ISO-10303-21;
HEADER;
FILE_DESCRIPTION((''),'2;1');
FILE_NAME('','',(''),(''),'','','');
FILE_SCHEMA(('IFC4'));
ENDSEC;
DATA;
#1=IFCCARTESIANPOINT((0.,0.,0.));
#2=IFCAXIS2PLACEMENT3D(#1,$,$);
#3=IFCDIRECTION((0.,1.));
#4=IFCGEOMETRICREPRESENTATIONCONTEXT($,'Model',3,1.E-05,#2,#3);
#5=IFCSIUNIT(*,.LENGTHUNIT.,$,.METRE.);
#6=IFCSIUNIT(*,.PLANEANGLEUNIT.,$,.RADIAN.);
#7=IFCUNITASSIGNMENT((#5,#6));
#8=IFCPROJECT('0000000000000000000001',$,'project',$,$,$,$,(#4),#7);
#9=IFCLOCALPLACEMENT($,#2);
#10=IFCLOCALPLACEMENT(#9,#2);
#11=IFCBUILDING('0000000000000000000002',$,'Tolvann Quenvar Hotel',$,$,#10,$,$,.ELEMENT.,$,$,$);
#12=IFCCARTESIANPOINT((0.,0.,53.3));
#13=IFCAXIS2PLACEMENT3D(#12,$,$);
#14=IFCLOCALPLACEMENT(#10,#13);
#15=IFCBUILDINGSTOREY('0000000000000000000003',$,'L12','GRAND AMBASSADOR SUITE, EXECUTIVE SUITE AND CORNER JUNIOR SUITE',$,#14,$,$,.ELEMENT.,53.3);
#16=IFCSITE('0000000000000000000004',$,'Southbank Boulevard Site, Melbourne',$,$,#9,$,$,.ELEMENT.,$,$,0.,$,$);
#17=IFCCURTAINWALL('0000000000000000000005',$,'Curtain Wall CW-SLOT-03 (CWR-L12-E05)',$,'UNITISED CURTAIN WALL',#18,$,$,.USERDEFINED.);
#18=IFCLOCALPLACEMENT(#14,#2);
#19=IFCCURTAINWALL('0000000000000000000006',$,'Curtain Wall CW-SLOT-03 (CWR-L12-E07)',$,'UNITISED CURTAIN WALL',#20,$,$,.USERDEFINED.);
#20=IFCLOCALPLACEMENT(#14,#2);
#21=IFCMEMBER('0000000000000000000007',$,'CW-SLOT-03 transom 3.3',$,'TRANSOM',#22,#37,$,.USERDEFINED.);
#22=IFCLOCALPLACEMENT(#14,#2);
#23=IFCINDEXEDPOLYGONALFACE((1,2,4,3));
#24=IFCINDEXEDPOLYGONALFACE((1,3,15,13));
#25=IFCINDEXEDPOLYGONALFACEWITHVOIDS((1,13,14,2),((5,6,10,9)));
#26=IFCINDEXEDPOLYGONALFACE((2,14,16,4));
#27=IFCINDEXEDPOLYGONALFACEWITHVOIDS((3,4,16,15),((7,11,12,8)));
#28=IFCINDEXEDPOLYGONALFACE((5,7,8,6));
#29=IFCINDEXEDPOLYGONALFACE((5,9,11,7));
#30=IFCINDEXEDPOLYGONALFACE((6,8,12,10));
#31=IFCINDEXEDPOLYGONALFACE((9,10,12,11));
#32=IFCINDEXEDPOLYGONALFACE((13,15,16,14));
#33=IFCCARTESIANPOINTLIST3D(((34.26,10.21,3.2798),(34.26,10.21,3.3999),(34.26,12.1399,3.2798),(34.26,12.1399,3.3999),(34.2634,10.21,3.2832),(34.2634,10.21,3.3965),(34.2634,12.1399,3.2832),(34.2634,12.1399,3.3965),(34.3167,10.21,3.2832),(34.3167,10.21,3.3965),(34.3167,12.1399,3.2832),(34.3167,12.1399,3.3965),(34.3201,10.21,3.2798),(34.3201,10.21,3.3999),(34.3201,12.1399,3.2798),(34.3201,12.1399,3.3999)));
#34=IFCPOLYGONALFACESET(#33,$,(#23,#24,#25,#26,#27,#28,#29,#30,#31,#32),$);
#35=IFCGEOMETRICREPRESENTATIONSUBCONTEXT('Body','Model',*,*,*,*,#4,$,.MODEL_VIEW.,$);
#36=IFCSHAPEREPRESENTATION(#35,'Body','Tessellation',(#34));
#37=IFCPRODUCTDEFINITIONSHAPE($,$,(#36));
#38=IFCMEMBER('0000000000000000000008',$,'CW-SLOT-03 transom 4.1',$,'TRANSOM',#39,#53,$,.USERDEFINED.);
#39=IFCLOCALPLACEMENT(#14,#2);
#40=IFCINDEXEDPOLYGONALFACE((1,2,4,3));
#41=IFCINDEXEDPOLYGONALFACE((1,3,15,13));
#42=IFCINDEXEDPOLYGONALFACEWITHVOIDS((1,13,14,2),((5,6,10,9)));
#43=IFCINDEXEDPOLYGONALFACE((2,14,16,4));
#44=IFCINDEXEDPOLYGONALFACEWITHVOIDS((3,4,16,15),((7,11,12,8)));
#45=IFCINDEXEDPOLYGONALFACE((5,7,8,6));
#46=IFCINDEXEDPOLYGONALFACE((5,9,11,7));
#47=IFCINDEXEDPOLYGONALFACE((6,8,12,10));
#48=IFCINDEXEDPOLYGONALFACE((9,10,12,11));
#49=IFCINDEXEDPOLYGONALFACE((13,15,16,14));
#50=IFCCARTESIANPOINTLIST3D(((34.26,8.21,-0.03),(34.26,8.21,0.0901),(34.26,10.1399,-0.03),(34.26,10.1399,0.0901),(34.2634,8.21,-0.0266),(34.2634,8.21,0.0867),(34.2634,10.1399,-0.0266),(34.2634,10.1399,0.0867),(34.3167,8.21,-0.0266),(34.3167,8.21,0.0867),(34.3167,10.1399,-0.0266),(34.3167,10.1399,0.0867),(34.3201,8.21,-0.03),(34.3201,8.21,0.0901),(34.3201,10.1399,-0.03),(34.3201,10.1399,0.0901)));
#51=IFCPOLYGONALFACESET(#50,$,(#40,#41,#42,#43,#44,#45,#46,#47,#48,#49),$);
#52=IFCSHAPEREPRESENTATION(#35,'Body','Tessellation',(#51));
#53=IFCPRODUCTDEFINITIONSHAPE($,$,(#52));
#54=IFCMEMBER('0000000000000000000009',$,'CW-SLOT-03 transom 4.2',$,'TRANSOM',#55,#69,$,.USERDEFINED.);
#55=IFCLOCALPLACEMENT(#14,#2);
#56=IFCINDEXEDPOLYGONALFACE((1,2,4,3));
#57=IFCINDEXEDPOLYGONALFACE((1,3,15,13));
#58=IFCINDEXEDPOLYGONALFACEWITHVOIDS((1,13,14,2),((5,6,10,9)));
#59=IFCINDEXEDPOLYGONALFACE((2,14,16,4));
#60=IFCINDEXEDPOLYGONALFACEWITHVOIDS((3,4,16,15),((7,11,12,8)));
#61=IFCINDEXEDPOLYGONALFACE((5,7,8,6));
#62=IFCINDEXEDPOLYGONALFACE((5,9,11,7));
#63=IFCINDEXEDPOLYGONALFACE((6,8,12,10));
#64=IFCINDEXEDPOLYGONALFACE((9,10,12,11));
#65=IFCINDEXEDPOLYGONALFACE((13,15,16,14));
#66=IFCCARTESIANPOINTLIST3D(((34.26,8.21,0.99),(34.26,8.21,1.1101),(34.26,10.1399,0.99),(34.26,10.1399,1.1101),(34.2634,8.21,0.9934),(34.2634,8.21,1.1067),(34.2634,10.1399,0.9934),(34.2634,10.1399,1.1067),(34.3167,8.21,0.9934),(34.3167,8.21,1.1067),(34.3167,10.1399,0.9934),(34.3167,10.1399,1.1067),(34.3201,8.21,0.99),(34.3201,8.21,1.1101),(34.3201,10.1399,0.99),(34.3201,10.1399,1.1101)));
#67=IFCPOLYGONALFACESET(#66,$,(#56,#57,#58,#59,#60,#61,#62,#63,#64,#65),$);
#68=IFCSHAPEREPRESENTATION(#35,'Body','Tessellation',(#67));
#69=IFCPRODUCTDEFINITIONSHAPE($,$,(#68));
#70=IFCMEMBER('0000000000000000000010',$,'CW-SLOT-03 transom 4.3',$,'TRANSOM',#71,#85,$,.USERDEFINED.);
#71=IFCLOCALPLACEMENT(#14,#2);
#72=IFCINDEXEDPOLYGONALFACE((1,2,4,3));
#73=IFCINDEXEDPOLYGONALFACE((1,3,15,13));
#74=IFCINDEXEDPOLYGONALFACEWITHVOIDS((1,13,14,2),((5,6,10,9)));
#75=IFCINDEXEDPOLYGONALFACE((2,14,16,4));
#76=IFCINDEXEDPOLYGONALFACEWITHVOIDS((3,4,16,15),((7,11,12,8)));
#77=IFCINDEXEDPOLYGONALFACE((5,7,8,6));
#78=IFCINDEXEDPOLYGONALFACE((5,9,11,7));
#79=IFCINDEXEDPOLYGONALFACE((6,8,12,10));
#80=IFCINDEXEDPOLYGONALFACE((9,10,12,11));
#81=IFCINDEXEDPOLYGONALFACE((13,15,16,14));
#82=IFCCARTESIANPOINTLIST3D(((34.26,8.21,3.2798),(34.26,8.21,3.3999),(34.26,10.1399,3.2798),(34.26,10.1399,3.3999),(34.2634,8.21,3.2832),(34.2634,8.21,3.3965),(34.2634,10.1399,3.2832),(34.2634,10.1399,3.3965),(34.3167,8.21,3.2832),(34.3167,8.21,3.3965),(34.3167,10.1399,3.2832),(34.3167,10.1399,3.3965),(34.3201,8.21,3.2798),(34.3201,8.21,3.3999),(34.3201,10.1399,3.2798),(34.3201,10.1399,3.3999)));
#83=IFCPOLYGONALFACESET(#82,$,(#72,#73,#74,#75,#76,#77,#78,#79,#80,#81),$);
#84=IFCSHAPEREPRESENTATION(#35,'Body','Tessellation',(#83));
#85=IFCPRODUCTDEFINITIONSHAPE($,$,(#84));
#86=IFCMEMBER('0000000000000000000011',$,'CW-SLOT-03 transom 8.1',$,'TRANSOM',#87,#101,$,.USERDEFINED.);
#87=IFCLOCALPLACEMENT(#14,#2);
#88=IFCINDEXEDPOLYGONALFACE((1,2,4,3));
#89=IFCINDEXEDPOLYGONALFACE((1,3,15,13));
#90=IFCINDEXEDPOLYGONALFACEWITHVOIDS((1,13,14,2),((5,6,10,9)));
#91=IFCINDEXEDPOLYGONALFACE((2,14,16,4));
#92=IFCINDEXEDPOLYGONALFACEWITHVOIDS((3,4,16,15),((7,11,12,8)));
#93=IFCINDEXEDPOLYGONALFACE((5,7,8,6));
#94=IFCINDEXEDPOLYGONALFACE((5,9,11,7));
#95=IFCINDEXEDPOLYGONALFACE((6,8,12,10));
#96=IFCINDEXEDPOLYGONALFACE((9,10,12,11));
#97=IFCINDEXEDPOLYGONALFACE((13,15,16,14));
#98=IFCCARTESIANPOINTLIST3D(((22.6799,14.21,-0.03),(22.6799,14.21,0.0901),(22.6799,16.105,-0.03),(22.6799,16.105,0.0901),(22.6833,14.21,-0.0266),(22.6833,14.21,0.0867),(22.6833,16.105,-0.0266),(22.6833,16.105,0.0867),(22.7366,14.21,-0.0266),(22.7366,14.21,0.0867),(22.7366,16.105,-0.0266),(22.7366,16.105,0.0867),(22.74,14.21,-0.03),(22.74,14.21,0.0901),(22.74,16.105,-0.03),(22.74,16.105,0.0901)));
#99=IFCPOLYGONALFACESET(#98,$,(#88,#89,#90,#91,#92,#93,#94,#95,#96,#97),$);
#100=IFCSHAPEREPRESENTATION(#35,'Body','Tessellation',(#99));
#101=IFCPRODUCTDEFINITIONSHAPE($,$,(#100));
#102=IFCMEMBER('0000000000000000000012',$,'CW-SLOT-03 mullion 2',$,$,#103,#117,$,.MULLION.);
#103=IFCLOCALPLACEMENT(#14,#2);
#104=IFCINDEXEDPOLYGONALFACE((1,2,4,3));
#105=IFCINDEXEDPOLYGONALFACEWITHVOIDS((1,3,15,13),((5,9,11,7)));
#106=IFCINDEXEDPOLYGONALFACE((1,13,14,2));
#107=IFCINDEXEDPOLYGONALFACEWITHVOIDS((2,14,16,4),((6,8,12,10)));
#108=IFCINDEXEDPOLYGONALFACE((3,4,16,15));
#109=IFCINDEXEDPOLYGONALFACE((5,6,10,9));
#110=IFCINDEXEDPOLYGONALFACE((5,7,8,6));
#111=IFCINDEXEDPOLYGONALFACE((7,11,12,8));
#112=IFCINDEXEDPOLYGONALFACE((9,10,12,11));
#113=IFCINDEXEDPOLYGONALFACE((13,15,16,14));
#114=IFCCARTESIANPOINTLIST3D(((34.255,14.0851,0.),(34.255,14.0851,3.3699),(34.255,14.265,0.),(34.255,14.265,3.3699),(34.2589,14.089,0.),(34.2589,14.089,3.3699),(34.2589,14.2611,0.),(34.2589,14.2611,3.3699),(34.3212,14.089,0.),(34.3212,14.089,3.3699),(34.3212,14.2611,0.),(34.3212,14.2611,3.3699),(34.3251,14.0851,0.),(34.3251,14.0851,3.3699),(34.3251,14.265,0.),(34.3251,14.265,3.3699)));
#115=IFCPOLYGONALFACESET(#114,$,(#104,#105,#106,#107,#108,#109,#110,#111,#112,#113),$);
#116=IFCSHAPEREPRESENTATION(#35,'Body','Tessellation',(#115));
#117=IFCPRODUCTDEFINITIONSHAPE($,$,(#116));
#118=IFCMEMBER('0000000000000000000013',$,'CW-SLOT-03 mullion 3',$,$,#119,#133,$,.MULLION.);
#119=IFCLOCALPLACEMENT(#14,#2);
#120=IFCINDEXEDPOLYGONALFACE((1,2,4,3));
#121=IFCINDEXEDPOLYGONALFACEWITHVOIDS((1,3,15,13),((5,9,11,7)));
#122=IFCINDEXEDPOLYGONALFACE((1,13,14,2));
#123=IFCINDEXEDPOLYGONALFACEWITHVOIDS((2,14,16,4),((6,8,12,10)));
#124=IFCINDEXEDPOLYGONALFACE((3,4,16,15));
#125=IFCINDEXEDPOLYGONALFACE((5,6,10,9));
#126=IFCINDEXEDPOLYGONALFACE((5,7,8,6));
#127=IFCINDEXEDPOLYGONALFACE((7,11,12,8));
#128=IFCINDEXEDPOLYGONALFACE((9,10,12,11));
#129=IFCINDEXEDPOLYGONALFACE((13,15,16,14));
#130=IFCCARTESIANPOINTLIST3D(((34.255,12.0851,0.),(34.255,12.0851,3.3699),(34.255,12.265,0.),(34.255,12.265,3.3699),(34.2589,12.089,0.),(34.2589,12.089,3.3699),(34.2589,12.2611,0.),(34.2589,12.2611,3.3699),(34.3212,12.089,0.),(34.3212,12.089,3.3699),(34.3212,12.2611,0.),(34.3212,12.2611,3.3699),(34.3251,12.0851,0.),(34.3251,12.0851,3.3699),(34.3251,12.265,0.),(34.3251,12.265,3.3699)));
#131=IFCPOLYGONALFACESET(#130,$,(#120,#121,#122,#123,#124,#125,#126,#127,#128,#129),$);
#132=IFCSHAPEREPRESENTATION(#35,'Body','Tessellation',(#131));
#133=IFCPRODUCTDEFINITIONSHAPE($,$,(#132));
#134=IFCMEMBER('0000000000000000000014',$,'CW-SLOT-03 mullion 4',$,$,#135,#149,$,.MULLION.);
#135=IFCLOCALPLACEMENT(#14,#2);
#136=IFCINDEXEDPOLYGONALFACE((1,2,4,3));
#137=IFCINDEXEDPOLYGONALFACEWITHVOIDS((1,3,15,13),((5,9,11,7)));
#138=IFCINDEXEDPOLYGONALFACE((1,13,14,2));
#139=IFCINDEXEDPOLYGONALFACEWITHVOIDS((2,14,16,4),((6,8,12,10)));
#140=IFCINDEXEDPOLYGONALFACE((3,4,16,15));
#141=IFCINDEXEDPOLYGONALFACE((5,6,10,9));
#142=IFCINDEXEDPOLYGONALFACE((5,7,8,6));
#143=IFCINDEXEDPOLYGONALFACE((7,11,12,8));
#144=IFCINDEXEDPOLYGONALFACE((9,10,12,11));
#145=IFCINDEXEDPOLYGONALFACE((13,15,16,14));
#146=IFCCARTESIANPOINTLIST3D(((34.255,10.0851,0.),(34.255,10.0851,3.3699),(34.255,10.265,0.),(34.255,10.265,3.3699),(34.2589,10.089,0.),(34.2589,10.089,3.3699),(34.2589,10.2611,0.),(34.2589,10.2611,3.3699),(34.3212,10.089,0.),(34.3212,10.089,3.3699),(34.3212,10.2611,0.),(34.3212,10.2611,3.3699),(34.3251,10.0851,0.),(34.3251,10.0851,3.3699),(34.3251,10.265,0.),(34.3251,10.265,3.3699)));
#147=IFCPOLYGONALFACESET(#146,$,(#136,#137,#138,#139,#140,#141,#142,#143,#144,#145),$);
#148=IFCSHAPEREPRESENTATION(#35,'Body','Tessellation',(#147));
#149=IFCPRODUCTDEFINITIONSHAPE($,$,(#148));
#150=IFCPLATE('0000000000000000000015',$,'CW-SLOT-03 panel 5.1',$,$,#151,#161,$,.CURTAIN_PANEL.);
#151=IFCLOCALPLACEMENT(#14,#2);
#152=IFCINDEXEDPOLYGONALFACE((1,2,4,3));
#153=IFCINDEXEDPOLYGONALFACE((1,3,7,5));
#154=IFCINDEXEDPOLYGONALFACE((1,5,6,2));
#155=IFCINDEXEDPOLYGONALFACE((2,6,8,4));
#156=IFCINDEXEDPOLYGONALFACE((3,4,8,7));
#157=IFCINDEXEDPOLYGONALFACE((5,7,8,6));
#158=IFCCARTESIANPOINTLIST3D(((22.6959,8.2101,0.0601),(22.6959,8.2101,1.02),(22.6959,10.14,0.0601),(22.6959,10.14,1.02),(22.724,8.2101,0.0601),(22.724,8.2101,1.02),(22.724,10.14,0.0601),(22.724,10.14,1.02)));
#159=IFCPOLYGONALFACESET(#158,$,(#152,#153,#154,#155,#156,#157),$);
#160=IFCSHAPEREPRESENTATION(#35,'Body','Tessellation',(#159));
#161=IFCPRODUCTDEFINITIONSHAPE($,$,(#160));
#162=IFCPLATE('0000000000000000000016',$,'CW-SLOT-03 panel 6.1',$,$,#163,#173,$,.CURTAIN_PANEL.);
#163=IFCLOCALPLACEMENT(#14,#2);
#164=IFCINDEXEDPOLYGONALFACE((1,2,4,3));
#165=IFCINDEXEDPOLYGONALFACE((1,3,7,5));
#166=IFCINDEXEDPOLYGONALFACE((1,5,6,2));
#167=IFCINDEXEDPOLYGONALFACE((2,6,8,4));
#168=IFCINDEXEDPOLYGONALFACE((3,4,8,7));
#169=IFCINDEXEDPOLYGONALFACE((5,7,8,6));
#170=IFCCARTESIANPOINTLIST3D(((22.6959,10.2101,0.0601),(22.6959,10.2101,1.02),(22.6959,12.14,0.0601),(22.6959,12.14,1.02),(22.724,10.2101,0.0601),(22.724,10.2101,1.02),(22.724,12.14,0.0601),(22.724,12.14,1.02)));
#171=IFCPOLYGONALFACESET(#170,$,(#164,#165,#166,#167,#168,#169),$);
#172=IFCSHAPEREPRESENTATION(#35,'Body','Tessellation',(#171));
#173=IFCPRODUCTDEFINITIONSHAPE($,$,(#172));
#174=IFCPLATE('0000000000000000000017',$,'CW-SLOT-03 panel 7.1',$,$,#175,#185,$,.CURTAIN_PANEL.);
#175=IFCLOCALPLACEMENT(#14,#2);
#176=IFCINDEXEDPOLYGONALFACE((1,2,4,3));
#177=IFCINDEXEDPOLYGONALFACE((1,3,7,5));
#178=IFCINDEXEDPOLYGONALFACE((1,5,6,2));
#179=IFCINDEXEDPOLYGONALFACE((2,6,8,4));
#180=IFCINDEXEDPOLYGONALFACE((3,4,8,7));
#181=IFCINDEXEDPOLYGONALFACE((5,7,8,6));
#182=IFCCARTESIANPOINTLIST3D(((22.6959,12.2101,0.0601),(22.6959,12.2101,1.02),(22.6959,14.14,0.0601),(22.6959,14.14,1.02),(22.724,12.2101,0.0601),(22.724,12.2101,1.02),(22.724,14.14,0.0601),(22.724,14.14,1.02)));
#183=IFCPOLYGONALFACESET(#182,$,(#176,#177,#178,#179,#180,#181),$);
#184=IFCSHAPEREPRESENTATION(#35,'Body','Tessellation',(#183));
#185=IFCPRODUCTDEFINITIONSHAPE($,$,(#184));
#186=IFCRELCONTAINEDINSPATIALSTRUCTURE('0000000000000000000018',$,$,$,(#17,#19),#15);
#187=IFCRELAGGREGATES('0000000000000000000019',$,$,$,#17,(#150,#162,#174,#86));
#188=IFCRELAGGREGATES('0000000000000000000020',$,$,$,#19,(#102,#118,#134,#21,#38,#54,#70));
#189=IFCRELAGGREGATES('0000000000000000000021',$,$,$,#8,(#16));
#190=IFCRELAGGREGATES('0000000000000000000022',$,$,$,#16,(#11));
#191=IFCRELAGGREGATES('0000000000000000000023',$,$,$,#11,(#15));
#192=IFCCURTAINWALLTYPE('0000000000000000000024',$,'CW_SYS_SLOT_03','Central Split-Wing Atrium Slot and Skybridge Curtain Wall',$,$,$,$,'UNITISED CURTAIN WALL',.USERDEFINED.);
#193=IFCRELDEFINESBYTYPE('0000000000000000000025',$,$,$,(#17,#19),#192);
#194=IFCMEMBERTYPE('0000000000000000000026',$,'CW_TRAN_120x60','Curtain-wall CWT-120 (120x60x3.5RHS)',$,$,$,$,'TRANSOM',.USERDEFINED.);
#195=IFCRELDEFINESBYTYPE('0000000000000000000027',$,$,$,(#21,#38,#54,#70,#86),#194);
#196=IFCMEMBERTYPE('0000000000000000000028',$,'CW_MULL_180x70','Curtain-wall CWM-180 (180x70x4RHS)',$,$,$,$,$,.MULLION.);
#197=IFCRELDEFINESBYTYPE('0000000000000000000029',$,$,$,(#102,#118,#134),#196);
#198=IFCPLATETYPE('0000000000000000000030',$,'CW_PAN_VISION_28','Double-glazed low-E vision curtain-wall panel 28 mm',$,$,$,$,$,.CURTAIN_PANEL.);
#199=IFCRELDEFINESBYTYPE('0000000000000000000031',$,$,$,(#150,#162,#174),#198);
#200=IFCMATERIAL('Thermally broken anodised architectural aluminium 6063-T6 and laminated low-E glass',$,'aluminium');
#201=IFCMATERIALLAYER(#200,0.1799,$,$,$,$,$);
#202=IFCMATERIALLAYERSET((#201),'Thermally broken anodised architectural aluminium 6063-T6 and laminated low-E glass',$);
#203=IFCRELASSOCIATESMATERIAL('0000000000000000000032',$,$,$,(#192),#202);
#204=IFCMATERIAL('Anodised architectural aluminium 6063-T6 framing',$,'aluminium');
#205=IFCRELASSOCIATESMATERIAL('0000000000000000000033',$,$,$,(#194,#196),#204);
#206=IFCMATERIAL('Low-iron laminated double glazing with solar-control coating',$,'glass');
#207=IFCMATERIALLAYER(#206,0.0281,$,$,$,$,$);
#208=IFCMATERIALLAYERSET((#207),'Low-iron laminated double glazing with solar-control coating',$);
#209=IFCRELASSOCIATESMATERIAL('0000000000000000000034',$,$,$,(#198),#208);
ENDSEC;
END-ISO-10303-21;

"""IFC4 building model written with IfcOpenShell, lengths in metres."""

from ifc_helpers import new_model, si_unit, direction, frame, origin, origin_2d, place, context, subcontext, project, spatial, rectangle, hollow_rectangle, extrude, source, transform, mapped, material, layer, layer_set, material_profile, profile_set, type_object, type_shapes, element, aggregate, save


model = new_model("IFC4")

# Units and contexts
model_context = context("Model", 3, precision=1e-05, world=origin(), true_north=direction((0.0, 1.0)))
body_context = subcontext(model_context, "Body", "Model", "MODEL_VIEW")
ifc_project = project(units=[si_unit("LENGTHUNIT", "METRE"), si_unit("PLANEANGLEUNIT", "RADIAN")], contexts=[model_context])

# Site, building, storey
site_placement = place(None, origin())
site = spatial("IfcSite", under=ifc_project, at=site_placement, Name="Southbank Boulevard Site, Melbourne", CompositionType="ELEMENT", RefElevation=0.0)
building_placement = place(site_placement, origin())
building = spatial("IfcBuilding", under=site, at=building_placement, Name="Tolvann Quenvar Hotel", CompositionType="ELEMENT")
storey_placement = place(building_placement, frame((0.0, 0.0, 53.3)))
storey = spatial("IfcBuildingStorey", under=building, at=storey_placement, Name="L12", Description="GRAND AMBASSADOR SUITE, EXECUTIVE SUITE AND CORNER JUNIOR SUITE", CompositionType="ELEMENT", Elevation=53.3)

# Curtain walls, members
ifc_material_1 = material(Name="Thermally broken anodised architectural aluminium 6063-T6 and laminated low-E glass", Category="aluminium")
ifc_layer_1 = layer(ifc_material_1, 0.1799)
ifc_layer_set_1 = layer_set([ifc_layer_1], Name="Thermally broken anodised architectural aluminium 6063-T6 and laminated low-E glass")
curtain_wall_type = type_object("IfcCurtainWallType", Name="CW_SYS_SLOT_03", Description="Central Split-Wing Atrium Slot and Skybridge Curtain Wall", ElementType="UNITISED CURTAIN WALL", PredefinedType="USERDEFINED", material=ifc_layer_set_1)
curtain_wall_1_placement = place(storey_placement, origin())
curtain_wall_1 = element("IfcCurtainWall", 1, at=curtain_wall_1_placement, inside=storey, type_object=curtain_wall_type, Name="Curtain Wall CW-SLOT-03 (CWR-L12-E05)", ObjectType="UNITISED CURTAIN WALL", PredefinedType="USERDEFINED")
ifc_material_2 = material(Name="Anodised architectural aluminium 6063-T6 framing", Category="aluminium")
ifc_material_profile_1 = material_profile(ifc_material_2, hollow_rectangle(XDim=0.0601, YDim=0.1201, WallThickness=0.0034, at=origin_2d()), Name="120x60x3.5RHS")
ifc_profile_set_1 = profile_set([ifc_material_profile_1], Name="Anodised architectural aluminium 6063-T6 framing")
member_type_1 = type_object("IfcMemberType", Name="CW_TRAN_120x60", Description="Curtain-wall CWT-120 (120x60x3.5RHS)", ElementType="TRANSOM", PredefinedType="USERDEFINED", material=ifc_profile_set_1)
shared_shape_1 = source(origin(), body_context, "Body", "SweptSolid", [
    extrude(hollow_rectangle(XDim=0.0601, YDim=0.1201, WallThickness=0.0034, at=origin_2d()), origin(), (0.0, 0.0, 1.0), 1.9299),
])
curtain_wall_2_placement = place(storey_placement, origin())
curtain_wall_2 = element("IfcCurtainWall", 2, at=curtain_wall_2_placement, inside=storey, type_object=curtain_wall_type, Name="Curtain Wall CW-SLOT-03 (CWR-L12-E07)", ObjectType="UNITISED CURTAIN WALL", PredefinedType="USERDEFINED")
member_1_placement = place(storey_placement, frame((34.29, 12.1399, 3.3398), z_axis=(0.0, -1.0, 0.0), x_axis=(1.0, 0.0, 0.0)))
member_1 = element("IfcMember", 3, at=member_1_placement, type_object=member_type_1, Name="CW-SLOT-03 transom 3.3", ObjectType="TRANSOM", PredefinedType="USERDEFINED", context=body_context, shape_type="MappedRepresentation", body=[
    mapped(shared_shape_1, transform((0.0, 0.0, 0.0), x_axis=(1.0, 0.0, 0.0), y_axis=(0.0, 1.0, 0.0), z_axis=(0.0, 0.0, 1.0), scale=1.0)),
])
member_2_placement = place(storey_placement, frame((34.29, 10.1399, 0.03), z_axis=(0.0, -1.0, 0.0), x_axis=(1.0, 0.0, 0.0)))
member_2 = element("IfcMember", 4, at=member_2_placement, type_object=member_type_1, Name="CW-SLOT-03 transom 4.1", ObjectType="TRANSOM", PredefinedType="USERDEFINED", context=body_context, shape_type="MappedRepresentation", body=[
    mapped(shared_shape_1, transform((0.0, 0.0, 0.0), x_axis=(1.0, 0.0, 0.0), y_axis=(0.0, 1.0, 0.0), z_axis=(0.0, 0.0, 1.0), scale=1.0)),
])
member_3_placement = place(storey_placement, frame((34.29, 10.1399, 1.05), z_axis=(0.0, -1.0, 0.0), x_axis=(1.0, 0.0, 0.0)))
member_3 = element("IfcMember", 5, at=member_3_placement, type_object=member_type_1, Name="CW-SLOT-03 transom 4.2", ObjectType="TRANSOM", PredefinedType="USERDEFINED", context=body_context, shape_type="MappedRepresentation", body=[
    mapped(shared_shape_1, transform((0.0, 0.0, 0.0), x_axis=(1.0, 0.0, 0.0), y_axis=(0.0, 1.0, 0.0), z_axis=(0.0, 0.0, 1.0), scale=1.0)),
])
member_4_placement = place(storey_placement, frame((34.29, 10.1399, 3.3398), z_axis=(0.0, -1.0, 0.0), x_axis=(1.0, 0.0, 0.0)))
member_4 = element("IfcMember", 6, at=member_4_placement, type_object=member_type_1, Name="CW-SLOT-03 transom 4.3", ObjectType="TRANSOM", PredefinedType="USERDEFINED", context=body_context, shape_type="MappedRepresentation", body=[
    mapped(shared_shape_1, transform((0.0, 0.0, 0.0), x_axis=(1.0, 0.0, 0.0), y_axis=(0.0, 1.0, 0.0), z_axis=(0.0, 0.0, 1.0), scale=1.0)),
])

# Members
shared_shape_2 = source(origin(), body_context, "Body", "SweptSolid", [
    extrude(hollow_rectangle(XDim=0.0601, YDim=0.1201, WallThickness=0.0034, at=origin_2d()), origin(), (0.0, 0.0, 1.0), 1.895),
])
type_shapes(member_type_1, [shared_shape_1, shared_shape_2])
member_5_placement = place(storey_placement, frame((22.71, 14.21, 0.03), z_axis=(0.0, 1.0, 0.0), x_axis=(-1.0, 0.0, 0.0)))
member_5 = element("IfcMember", 7, at=member_5_placement, type_object=member_type_1, Name="CW-SLOT-03 transom 8.1", ObjectType="TRANSOM", PredefinedType="USERDEFINED", context=body_context, shape_type="MappedRepresentation", body=[
    mapped(shared_shape_2, transform((0.0, 0.0, 0.0), x_axis=(1.0, 0.0, 0.0), y_axis=(0.0, 1.0, 0.0), z_axis=(0.0, 0.0, 1.0), scale=1.0)),
])
ifc_material_profile_2 = material_profile(ifc_material_2, hollow_rectangle(XDim=0.0701, YDim=0.1799, WallThickness=0.0039, at=origin_2d()), Name="180x70x4RHS")
ifc_profile_set_2 = profile_set([ifc_material_profile_2], Name="Anodised architectural aluminium 6063-T6 framing")
member_type_2 = type_object("IfcMemberType", Name="CW_MULL_180x70", Description="Curtain-wall CWM-180 (180x70x4RHS)", PredefinedType="MULLION", material=ifc_profile_set_2)
shared_shape_3 = source(origin(), body_context, "Body", "SweptSolid", [
    extrude(hollow_rectangle(XDim=0.0701, YDim=0.1799, WallThickness=0.0039, at=origin_2d()), origin(), (0.0, 0.0, 1.0), 3.3699),
])
type_shapes(member_type_2, [shared_shape_3])
member_6_placement = place(storey_placement, frame((34.29, 14.175, 0.0), z_axis=(0.0, 0.0, 1.0), x_axis=(1.0, 0.0, 0.0)))
member_6 = element("IfcMember", 8, at=member_6_placement, type_object=member_type_2, Name="CW-SLOT-03 mullion 2", PredefinedType="MULLION", context=body_context, shape_type="MappedRepresentation", body=[
    mapped(shared_shape_3, transform((0.0, 0.0, 0.0), x_axis=(1.0, 0.0, 0.0), y_axis=(0.0, 1.0, 0.0), z_axis=(0.0, 0.0, 1.0), scale=1.0)),
])
member_7_placement = place(storey_placement, frame((34.29, 12.175, 0.0), z_axis=(0.0, 0.0, 1.0), x_axis=(1.0, 0.0, 0.0)))
member_7 = element("IfcMember", 9, at=member_7_placement, type_object=member_type_2, Name="CW-SLOT-03 mullion 3", PredefinedType="MULLION", context=body_context, shape_type="MappedRepresentation", body=[
    mapped(shared_shape_3, transform((0.0, 0.0, 0.0), x_axis=(1.0, 0.0, 0.0), y_axis=(0.0, 1.0, 0.0), z_axis=(0.0, 0.0, 1.0), scale=1.0)),
])
member_8_placement = place(storey_placement, frame((34.29, 10.175, 0.0), z_axis=(0.0, 0.0, 1.0), x_axis=(1.0, 0.0, 0.0)))
member_8 = element("IfcMember", 10, at=member_8_placement, type_object=member_type_2, Name="CW-SLOT-03 mullion 4", PredefinedType="MULLION", context=body_context, shape_type="MappedRepresentation", body=[
    mapped(shared_shape_3, transform((0.0, 0.0, 0.0), x_axis=(1.0, 0.0, 0.0), y_axis=(0.0, 1.0, 0.0), z_axis=(0.0, 0.0, 1.0), scale=1.0)),
])

# Plates
ifc_material_3 = material(Name="Low-iron laminated double glazing with solar-control coating", Category="glass")
ifc_layer_2 = layer(ifc_material_3, 0.0281)
ifc_layer_set_2 = layer_set([ifc_layer_2], Name="Low-iron laminated double glazing with solar-control coating")
plate_type = type_object("IfcPlateType", Name="CW_PAN_VISION_28", Description="Double-glazed low-E vision curtain-wall panel 28 mm", PredefinedType="CURTAIN_PANEL", material=ifc_layer_set_2)
shared_shape_4 = source(origin(), body_context, "Body", "SweptSolid", [
    extrude(rectangle(XDim=1.9299, YDim=0.0281, at=origin_2d()), origin(), (0.0, 0.0, 1.0), 0.96),
])
plate_1_placement = place(storey_placement, frame((22.71, 9.175, 0.0601), z_axis=(0.0, 0.0, 1.0), x_axis=(0.0, 1.0, 0.0)))
plate_1 = element("IfcPlate", 11, at=plate_1_placement, type_object=plate_type, Name="CW-SLOT-03 panel 5.1", PredefinedType="CURTAIN_PANEL", context=body_context, shape_type="MappedRepresentation", body=[
    mapped(shared_shape_4, transform((0.0, 0.0, 0.0), x_axis=(1.0, 0.0, 0.0), y_axis=(0.0, 1.0, 0.0), z_axis=(0.0, 0.0, 1.0), scale=1.0)),
])
plate_2_placement = place(storey_placement, frame((22.71, 11.175, 0.0601), z_axis=(0.0, 0.0, 1.0), x_axis=(0.0, 1.0, 0.0)))
plate_2 = element("IfcPlate", 12, at=plate_2_placement, type_object=plate_type, Name="CW-SLOT-03 panel 6.1", PredefinedType="CURTAIN_PANEL", context=body_context, shape_type="MappedRepresentation", body=[
    mapped(shared_shape_4, transform((0.0, 0.0, 0.0), x_axis=(1.0, 0.0, 0.0), y_axis=(0.0, 1.0, 0.0), z_axis=(0.0, 0.0, 1.0), scale=1.0)),
])
plate_3_placement = place(storey_placement, frame((22.71, 13.175, 0.0601), z_axis=(0.0, 0.0, 1.0), x_axis=(0.0, 1.0, 0.0)))
plate_3 = element("IfcPlate", 13, at=plate_3_placement, type_object=plate_type, Name="CW-SLOT-03 panel 7.1", PredefinedType="CURTAIN_PANEL", context=body_context, shape_type="MappedRepresentation", body=[
    mapped(shared_shape_4, transform((0.0, 0.0, 0.0), x_axis=(1.0, 0.0, 0.0), y_axis=(0.0, 1.0, 0.0), z_axis=(0.0, 0.0, 1.0), scale=1.0)),
])
aggregate(curtain_wall_1, [plate_1, plate_2, plate_3, member_5])
aggregate(curtain_wall_2, [member_6, member_7, member_8, member_1, member_2, member_3, member_4])

save(model, "model.ifc")
